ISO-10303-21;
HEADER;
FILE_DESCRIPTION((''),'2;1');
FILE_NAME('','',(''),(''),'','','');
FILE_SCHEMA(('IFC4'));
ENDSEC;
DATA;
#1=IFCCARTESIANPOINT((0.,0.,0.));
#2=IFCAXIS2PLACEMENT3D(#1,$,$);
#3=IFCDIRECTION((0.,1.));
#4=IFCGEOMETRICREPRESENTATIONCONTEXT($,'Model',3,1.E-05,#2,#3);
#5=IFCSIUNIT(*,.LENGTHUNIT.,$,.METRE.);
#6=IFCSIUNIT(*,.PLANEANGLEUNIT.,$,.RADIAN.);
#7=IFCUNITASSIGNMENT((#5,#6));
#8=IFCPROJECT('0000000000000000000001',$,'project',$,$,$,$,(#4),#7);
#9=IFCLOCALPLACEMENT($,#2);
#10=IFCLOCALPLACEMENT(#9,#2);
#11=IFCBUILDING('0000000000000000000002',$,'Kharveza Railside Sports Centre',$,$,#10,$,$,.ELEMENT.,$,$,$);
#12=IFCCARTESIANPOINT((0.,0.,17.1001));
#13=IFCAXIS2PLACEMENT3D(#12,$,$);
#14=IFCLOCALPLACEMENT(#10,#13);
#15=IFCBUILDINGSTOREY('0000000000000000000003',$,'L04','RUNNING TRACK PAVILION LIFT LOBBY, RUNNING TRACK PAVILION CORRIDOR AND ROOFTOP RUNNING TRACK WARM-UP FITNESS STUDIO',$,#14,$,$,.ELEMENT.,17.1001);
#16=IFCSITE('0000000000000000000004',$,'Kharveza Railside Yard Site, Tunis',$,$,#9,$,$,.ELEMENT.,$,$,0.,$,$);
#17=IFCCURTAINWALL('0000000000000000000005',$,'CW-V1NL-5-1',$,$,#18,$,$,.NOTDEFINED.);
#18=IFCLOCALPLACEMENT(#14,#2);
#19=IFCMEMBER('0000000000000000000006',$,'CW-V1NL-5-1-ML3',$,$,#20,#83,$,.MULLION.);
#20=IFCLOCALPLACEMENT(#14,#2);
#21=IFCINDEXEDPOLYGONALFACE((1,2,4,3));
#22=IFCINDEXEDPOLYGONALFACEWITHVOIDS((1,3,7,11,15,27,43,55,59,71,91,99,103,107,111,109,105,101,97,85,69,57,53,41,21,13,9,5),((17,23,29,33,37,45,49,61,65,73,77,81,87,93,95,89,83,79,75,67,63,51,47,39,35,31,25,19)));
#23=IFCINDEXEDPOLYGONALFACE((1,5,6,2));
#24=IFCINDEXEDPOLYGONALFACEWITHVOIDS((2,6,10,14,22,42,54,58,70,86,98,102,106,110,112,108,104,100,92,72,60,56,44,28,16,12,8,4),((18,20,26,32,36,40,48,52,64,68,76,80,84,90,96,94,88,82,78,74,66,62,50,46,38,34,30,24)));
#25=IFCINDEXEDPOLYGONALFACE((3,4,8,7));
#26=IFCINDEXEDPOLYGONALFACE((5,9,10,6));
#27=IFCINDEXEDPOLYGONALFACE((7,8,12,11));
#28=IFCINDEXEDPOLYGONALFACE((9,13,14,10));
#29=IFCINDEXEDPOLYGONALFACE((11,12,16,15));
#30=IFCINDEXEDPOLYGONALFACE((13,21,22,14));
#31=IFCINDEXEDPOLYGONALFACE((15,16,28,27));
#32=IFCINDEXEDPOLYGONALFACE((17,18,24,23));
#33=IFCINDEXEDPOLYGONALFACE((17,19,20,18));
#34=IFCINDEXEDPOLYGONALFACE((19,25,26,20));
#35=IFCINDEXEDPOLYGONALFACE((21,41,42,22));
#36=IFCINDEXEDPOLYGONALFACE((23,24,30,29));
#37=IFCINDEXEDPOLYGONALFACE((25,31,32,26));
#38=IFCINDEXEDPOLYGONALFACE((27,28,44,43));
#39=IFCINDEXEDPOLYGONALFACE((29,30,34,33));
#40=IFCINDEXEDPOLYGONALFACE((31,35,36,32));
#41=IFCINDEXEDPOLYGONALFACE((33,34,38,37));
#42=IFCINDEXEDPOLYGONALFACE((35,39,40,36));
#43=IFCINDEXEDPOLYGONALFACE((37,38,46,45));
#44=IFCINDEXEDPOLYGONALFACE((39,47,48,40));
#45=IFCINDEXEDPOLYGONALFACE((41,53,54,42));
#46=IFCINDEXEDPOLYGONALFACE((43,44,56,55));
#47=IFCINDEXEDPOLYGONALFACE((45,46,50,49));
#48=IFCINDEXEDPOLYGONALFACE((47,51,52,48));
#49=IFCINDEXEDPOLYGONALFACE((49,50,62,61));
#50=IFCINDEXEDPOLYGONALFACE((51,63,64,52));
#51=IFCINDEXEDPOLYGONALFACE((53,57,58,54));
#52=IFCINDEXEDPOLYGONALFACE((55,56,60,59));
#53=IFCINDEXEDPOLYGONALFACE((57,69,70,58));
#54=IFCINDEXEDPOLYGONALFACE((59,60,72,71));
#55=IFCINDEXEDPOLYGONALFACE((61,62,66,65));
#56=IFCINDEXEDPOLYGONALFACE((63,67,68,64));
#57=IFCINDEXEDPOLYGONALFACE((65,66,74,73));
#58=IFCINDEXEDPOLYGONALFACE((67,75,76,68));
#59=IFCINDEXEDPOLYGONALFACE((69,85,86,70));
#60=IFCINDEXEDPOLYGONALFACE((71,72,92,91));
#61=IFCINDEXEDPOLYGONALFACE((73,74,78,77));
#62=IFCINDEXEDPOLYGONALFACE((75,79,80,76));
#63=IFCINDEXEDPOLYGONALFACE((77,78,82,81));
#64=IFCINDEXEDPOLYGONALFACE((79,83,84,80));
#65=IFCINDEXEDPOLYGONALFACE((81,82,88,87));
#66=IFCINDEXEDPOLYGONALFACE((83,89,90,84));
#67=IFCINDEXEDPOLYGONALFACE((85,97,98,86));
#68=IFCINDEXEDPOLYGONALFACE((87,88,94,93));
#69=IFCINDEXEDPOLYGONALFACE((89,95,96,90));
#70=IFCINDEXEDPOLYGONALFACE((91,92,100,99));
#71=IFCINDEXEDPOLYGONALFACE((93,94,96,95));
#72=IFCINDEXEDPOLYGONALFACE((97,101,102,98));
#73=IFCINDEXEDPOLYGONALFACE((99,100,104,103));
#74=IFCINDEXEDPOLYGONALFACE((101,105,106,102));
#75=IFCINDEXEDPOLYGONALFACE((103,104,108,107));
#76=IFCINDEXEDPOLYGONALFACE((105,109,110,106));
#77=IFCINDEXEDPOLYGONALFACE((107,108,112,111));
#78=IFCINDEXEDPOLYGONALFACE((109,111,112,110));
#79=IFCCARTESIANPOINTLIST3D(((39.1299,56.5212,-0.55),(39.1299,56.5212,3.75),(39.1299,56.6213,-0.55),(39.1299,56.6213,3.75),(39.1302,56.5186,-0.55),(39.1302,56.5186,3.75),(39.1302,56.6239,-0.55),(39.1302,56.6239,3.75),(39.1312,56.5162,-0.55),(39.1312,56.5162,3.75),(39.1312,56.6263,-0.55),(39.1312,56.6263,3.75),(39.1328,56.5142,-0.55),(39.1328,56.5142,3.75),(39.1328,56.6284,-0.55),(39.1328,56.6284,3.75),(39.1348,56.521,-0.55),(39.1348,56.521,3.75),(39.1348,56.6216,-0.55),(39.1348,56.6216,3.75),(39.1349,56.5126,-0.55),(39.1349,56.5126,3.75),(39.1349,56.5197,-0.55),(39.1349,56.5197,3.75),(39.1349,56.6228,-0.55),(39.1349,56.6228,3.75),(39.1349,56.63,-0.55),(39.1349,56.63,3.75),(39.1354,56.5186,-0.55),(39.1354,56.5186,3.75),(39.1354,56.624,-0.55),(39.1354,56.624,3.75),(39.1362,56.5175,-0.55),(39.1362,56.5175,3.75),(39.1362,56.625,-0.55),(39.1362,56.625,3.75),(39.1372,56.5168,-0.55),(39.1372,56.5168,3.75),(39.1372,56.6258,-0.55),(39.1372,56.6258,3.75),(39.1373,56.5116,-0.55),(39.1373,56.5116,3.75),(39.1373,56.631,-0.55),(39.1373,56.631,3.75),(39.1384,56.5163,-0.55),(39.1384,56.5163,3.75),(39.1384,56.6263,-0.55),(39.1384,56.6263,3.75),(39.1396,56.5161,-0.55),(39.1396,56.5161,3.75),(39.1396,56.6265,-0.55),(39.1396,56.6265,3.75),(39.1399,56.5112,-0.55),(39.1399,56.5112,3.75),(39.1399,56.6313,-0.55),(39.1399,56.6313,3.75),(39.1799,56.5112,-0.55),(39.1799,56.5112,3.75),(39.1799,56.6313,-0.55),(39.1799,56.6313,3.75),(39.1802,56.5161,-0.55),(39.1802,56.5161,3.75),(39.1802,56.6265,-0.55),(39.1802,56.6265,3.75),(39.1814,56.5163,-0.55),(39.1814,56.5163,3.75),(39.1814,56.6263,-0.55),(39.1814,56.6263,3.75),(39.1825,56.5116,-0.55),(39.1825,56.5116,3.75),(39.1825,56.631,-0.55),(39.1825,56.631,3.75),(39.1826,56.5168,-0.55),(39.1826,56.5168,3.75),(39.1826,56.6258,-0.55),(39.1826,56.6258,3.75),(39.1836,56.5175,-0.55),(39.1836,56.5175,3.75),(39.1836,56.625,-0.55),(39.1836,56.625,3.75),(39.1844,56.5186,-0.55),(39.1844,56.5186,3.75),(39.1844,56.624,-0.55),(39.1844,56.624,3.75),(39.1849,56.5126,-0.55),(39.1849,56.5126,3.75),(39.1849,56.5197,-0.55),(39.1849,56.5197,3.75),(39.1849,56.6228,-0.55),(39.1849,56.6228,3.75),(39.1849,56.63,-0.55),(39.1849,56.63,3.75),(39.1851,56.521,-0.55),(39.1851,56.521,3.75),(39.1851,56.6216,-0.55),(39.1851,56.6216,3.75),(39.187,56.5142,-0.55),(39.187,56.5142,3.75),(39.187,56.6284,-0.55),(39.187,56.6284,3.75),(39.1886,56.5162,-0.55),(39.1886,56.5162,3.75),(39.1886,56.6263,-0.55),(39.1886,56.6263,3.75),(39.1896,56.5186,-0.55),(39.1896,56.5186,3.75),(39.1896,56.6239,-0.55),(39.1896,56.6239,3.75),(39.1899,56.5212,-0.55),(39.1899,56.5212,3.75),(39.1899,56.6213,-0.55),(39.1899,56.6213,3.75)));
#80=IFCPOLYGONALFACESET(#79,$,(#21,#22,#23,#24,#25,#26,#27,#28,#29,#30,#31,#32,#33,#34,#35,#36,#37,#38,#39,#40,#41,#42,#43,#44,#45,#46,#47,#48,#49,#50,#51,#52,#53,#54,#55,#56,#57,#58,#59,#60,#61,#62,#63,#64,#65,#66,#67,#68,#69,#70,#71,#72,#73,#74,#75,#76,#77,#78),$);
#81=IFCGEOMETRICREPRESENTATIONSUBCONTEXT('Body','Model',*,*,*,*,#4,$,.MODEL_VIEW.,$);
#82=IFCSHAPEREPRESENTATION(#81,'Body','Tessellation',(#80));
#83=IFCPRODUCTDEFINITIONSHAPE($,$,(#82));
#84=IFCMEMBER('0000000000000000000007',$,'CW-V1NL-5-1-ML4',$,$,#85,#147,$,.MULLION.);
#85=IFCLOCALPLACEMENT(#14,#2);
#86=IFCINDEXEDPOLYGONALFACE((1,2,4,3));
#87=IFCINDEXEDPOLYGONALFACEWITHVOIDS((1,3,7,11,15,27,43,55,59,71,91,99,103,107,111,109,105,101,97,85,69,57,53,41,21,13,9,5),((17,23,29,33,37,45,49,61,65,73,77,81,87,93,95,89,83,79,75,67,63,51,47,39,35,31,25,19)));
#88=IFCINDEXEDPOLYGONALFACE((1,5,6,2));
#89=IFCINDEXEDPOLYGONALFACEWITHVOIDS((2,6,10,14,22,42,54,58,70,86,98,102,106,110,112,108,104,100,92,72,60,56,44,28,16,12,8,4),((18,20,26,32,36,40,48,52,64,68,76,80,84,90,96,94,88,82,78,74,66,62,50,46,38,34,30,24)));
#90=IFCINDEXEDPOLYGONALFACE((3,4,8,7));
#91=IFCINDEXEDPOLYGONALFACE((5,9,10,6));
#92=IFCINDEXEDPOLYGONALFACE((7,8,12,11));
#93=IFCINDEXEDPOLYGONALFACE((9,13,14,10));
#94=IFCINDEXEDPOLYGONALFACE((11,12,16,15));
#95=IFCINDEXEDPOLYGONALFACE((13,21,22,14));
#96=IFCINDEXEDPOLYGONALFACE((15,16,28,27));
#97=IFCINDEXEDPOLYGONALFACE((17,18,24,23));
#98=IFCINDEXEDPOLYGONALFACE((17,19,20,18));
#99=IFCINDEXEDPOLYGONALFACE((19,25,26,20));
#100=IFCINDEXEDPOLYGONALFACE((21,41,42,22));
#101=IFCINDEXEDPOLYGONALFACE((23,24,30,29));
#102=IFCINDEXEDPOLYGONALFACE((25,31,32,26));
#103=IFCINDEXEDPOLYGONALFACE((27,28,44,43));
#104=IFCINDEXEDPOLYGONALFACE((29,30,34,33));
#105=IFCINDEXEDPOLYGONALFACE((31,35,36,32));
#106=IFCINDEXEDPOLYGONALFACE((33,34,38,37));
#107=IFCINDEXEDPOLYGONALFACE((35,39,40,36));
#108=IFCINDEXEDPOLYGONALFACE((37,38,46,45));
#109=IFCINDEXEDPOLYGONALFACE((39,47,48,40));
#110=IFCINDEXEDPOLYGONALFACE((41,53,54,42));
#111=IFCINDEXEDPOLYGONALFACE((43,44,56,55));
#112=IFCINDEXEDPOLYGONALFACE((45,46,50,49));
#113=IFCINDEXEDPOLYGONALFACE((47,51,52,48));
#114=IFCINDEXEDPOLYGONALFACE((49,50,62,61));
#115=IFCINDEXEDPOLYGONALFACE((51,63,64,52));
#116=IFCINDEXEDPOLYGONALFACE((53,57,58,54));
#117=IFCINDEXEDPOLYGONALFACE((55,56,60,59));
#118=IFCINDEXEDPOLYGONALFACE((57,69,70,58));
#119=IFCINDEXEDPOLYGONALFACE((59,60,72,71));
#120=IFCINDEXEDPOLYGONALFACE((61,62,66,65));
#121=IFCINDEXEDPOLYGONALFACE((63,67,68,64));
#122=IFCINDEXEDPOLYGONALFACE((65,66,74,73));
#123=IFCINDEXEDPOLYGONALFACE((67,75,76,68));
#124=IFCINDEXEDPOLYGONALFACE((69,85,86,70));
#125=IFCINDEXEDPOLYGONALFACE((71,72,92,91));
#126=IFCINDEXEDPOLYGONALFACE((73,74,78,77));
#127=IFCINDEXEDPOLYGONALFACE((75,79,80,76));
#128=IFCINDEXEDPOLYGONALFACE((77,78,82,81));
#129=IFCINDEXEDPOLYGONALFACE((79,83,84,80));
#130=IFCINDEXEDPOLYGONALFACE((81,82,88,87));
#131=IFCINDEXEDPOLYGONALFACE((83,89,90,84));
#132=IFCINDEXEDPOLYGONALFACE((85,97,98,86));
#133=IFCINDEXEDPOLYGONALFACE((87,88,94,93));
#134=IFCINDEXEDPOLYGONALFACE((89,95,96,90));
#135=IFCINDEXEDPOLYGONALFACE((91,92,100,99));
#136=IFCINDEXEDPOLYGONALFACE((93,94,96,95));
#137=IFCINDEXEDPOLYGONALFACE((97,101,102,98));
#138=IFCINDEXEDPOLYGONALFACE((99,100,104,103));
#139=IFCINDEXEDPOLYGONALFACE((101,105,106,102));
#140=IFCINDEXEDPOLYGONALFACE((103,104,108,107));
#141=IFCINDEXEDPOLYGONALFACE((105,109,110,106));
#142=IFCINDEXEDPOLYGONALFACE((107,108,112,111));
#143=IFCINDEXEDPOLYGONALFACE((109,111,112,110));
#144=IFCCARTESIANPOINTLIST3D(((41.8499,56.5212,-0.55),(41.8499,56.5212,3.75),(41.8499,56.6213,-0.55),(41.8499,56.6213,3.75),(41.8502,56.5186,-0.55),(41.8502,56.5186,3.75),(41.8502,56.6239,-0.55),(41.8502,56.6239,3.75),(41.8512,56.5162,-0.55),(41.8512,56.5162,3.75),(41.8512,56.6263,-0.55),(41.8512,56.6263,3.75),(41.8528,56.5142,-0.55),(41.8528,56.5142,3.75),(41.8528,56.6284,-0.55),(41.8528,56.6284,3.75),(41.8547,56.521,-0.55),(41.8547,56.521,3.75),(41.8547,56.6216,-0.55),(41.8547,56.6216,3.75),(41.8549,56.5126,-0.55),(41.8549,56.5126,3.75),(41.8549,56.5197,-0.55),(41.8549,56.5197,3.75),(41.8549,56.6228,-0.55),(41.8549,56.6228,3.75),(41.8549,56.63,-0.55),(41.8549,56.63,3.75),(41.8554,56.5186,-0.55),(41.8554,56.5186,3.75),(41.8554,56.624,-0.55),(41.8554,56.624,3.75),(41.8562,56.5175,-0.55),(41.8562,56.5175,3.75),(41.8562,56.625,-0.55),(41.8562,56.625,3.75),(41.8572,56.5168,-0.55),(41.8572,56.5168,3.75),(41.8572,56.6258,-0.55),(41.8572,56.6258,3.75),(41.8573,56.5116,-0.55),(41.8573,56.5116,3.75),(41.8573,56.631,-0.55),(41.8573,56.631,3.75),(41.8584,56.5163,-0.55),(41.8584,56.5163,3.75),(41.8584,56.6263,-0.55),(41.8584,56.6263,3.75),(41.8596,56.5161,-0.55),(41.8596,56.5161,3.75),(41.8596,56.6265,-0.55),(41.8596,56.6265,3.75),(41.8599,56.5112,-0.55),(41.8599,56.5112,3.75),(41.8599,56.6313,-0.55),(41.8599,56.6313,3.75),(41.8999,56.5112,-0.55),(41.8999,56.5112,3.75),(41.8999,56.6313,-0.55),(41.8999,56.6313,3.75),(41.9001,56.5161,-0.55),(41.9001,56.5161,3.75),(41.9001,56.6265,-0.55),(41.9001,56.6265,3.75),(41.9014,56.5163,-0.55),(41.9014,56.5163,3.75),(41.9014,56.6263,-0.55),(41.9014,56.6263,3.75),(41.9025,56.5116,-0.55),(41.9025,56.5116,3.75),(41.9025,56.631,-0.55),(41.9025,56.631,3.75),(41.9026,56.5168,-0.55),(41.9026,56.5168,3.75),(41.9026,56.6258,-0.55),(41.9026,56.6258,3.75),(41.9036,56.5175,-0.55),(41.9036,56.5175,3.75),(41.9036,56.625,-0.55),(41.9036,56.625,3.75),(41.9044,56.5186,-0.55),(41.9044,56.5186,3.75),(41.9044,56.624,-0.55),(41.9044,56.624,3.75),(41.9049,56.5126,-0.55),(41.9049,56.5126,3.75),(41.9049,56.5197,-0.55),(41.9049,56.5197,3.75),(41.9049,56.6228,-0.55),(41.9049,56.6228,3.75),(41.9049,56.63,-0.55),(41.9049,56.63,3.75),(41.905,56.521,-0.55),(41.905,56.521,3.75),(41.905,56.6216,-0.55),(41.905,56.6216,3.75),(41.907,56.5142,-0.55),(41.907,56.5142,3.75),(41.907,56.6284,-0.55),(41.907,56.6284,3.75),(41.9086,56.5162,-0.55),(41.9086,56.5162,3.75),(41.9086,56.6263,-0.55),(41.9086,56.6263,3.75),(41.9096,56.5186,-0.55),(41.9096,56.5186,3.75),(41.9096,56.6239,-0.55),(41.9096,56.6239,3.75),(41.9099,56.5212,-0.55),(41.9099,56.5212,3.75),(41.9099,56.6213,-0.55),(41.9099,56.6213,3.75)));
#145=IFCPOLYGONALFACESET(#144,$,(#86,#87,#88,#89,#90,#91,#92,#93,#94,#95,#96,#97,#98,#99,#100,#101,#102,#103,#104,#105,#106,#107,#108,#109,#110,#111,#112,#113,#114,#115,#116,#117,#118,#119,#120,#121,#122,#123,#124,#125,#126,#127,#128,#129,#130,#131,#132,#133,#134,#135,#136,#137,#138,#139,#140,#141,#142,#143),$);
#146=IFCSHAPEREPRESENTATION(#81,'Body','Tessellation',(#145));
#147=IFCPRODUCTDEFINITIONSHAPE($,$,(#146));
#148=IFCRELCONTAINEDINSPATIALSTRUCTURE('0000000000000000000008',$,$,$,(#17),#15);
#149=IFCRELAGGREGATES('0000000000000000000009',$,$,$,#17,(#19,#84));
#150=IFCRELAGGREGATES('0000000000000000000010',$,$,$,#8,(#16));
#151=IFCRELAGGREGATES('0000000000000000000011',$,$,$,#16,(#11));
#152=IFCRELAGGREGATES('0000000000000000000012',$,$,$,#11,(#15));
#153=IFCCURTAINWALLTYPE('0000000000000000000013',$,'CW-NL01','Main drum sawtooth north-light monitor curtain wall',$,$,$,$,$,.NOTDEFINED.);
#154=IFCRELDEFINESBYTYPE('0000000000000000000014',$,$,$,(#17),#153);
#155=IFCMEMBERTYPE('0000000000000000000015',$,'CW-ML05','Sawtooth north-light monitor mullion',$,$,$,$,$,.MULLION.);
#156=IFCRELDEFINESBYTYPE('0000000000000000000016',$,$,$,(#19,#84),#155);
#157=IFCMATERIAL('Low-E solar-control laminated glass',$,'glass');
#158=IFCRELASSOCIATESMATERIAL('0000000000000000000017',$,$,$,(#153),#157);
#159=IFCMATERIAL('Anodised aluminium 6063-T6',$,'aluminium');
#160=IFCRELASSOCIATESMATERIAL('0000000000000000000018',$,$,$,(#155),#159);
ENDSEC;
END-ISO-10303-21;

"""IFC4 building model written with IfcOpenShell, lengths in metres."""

from ifc_helpers import new_model, si_unit, direction, frame, origin, origin_2d, place, context, subcontext, project, spatial, hollow_rectangle, extrude, material, material_profile, profile_set, type_object, element, aggregate, save


model = new_model("IFC4")

# Units and contexts
model_context = context("Model", 3, precision=1e-05, world=origin(), true_north=direction((0.0, 1.0)))
body_context = subcontext(model_context, "Body", "Model", "MODEL_VIEW")
ifc_project = project(units=[si_unit("LENGTHUNIT", "METRE"), si_unit("PLANEANGLEUNIT", "RADIAN")], contexts=[model_context])

# Site, building, storey
site_placement = place(None, origin())
site = spatial("IfcSite", under=ifc_project, at=site_placement, Name="Kharveza Railside Yard Site, Tunis", CompositionType="ELEMENT", RefElevation=0.0)
building_placement = place(site_placement, origin())
building = spatial("IfcBuilding", under=site, at=building_placement, Name="Kharveza Railside Sports Centre", CompositionType="ELEMENT")
storey_placement = place(building_placement, frame((0.0, 0.0, 17.1001)))
storey = spatial("IfcBuildingStorey", under=building, at=storey_placement, Name="L04", Description="RUNNING TRACK PAVILION LIFT LOBBY, RUNNING TRACK PAVILION CORRIDOR AND ROOFTOP RUNNING TRACK WARM-UP FITNESS STUDIO", CompositionType="ELEMENT", Elevation=17.1001)

# Curtain wall, members
ifc_material_1 = material(Name="Low-E solar-control laminated glass", Category="glass")
curtain_wall_type = type_object("IfcCurtainWallType", Name="CW-NL01", Description="Main drum sawtooth north-light monitor curtain wall", PredefinedType="NOTDEFINED", material=ifc_material_1)
ifc_material_2 = material(Name="Anodised aluminium 6063-T6", Category="aluminium")
ifc_material_profile_1 = material_profile(ifc_material_2, hollow_rectangle(XDim=0.0601, YDim=0.1201, WallThickness=0.0049, InnerFilletRadius=0.0049, OuterFilletRadius=0.01, at=origin_2d()), Name="RHS 60x120x5.0")
ifc_profile_set_1 = profile_set([ifc_material_profile_1], Name="Anodised aluminium 6063-T6")
member_type_1 = type_object("IfcMemberType", Name="CW-ML05", Description="Sawtooth north-light monitor mullion", PredefinedType="MULLION", material=ifc_profile_set_1)
curtain_wall_1_placement = place(storey_placement, origin())
curtain_wall_1 = element("IfcCurtainWall", 1, at=curtain_wall_1_placement, inside=storey, type_object=curtain_wall_type, Name="CW-V1NL-5-1", PredefinedType="NOTDEFINED")
member_1_placement = place(storey_placement, frame((39.1599, 56.5713, -0.55), z_axis=(0.0, 0.0, 1.0), x_axis=(1.0, 0.0, 0.0)))
member_1 = element("IfcMember", 2, at=member_1_placement, type_object=member_type_1, Name="CW-V1NL-5-1-ML3", PredefinedType="MULLION", context=body_context, shape_type="SweptSolid", body=[
    extrude(hollow_rectangle(XDim=0.0601, YDim=0.1201, WallThickness=0.0049, InnerFilletRadius=0.0049, OuterFilletRadius=0.01, at=origin_2d()), origin(), (0.0, 0.0, 1.0), 4.3),
])
member_2_placement = place(storey_placement, frame((41.8799, 56.5713, -0.55), z_axis=(0.0, 0.0, 1.0), x_axis=(1.0, 0.0, 0.0)))
member_2 = element("IfcMember", 3, at=member_2_placement, type_object=member_type_1, Name="CW-V1NL-5-1-ML4", PredefinedType="MULLION", context=body_context, shape_type="SweptSolid", body=[
    extrude(hollow_rectangle(XDim=0.0601, YDim=0.1201, WallThickness=0.0049, InnerFilletRadius=0.0049, OuterFilletRadius=0.01, at=origin_2d()), origin(), (0.0, 0.0, 1.0), 4.3),
])

aggregate(curtain_wall_1, [member_1, member_2])

save(model, "model.ifc")
